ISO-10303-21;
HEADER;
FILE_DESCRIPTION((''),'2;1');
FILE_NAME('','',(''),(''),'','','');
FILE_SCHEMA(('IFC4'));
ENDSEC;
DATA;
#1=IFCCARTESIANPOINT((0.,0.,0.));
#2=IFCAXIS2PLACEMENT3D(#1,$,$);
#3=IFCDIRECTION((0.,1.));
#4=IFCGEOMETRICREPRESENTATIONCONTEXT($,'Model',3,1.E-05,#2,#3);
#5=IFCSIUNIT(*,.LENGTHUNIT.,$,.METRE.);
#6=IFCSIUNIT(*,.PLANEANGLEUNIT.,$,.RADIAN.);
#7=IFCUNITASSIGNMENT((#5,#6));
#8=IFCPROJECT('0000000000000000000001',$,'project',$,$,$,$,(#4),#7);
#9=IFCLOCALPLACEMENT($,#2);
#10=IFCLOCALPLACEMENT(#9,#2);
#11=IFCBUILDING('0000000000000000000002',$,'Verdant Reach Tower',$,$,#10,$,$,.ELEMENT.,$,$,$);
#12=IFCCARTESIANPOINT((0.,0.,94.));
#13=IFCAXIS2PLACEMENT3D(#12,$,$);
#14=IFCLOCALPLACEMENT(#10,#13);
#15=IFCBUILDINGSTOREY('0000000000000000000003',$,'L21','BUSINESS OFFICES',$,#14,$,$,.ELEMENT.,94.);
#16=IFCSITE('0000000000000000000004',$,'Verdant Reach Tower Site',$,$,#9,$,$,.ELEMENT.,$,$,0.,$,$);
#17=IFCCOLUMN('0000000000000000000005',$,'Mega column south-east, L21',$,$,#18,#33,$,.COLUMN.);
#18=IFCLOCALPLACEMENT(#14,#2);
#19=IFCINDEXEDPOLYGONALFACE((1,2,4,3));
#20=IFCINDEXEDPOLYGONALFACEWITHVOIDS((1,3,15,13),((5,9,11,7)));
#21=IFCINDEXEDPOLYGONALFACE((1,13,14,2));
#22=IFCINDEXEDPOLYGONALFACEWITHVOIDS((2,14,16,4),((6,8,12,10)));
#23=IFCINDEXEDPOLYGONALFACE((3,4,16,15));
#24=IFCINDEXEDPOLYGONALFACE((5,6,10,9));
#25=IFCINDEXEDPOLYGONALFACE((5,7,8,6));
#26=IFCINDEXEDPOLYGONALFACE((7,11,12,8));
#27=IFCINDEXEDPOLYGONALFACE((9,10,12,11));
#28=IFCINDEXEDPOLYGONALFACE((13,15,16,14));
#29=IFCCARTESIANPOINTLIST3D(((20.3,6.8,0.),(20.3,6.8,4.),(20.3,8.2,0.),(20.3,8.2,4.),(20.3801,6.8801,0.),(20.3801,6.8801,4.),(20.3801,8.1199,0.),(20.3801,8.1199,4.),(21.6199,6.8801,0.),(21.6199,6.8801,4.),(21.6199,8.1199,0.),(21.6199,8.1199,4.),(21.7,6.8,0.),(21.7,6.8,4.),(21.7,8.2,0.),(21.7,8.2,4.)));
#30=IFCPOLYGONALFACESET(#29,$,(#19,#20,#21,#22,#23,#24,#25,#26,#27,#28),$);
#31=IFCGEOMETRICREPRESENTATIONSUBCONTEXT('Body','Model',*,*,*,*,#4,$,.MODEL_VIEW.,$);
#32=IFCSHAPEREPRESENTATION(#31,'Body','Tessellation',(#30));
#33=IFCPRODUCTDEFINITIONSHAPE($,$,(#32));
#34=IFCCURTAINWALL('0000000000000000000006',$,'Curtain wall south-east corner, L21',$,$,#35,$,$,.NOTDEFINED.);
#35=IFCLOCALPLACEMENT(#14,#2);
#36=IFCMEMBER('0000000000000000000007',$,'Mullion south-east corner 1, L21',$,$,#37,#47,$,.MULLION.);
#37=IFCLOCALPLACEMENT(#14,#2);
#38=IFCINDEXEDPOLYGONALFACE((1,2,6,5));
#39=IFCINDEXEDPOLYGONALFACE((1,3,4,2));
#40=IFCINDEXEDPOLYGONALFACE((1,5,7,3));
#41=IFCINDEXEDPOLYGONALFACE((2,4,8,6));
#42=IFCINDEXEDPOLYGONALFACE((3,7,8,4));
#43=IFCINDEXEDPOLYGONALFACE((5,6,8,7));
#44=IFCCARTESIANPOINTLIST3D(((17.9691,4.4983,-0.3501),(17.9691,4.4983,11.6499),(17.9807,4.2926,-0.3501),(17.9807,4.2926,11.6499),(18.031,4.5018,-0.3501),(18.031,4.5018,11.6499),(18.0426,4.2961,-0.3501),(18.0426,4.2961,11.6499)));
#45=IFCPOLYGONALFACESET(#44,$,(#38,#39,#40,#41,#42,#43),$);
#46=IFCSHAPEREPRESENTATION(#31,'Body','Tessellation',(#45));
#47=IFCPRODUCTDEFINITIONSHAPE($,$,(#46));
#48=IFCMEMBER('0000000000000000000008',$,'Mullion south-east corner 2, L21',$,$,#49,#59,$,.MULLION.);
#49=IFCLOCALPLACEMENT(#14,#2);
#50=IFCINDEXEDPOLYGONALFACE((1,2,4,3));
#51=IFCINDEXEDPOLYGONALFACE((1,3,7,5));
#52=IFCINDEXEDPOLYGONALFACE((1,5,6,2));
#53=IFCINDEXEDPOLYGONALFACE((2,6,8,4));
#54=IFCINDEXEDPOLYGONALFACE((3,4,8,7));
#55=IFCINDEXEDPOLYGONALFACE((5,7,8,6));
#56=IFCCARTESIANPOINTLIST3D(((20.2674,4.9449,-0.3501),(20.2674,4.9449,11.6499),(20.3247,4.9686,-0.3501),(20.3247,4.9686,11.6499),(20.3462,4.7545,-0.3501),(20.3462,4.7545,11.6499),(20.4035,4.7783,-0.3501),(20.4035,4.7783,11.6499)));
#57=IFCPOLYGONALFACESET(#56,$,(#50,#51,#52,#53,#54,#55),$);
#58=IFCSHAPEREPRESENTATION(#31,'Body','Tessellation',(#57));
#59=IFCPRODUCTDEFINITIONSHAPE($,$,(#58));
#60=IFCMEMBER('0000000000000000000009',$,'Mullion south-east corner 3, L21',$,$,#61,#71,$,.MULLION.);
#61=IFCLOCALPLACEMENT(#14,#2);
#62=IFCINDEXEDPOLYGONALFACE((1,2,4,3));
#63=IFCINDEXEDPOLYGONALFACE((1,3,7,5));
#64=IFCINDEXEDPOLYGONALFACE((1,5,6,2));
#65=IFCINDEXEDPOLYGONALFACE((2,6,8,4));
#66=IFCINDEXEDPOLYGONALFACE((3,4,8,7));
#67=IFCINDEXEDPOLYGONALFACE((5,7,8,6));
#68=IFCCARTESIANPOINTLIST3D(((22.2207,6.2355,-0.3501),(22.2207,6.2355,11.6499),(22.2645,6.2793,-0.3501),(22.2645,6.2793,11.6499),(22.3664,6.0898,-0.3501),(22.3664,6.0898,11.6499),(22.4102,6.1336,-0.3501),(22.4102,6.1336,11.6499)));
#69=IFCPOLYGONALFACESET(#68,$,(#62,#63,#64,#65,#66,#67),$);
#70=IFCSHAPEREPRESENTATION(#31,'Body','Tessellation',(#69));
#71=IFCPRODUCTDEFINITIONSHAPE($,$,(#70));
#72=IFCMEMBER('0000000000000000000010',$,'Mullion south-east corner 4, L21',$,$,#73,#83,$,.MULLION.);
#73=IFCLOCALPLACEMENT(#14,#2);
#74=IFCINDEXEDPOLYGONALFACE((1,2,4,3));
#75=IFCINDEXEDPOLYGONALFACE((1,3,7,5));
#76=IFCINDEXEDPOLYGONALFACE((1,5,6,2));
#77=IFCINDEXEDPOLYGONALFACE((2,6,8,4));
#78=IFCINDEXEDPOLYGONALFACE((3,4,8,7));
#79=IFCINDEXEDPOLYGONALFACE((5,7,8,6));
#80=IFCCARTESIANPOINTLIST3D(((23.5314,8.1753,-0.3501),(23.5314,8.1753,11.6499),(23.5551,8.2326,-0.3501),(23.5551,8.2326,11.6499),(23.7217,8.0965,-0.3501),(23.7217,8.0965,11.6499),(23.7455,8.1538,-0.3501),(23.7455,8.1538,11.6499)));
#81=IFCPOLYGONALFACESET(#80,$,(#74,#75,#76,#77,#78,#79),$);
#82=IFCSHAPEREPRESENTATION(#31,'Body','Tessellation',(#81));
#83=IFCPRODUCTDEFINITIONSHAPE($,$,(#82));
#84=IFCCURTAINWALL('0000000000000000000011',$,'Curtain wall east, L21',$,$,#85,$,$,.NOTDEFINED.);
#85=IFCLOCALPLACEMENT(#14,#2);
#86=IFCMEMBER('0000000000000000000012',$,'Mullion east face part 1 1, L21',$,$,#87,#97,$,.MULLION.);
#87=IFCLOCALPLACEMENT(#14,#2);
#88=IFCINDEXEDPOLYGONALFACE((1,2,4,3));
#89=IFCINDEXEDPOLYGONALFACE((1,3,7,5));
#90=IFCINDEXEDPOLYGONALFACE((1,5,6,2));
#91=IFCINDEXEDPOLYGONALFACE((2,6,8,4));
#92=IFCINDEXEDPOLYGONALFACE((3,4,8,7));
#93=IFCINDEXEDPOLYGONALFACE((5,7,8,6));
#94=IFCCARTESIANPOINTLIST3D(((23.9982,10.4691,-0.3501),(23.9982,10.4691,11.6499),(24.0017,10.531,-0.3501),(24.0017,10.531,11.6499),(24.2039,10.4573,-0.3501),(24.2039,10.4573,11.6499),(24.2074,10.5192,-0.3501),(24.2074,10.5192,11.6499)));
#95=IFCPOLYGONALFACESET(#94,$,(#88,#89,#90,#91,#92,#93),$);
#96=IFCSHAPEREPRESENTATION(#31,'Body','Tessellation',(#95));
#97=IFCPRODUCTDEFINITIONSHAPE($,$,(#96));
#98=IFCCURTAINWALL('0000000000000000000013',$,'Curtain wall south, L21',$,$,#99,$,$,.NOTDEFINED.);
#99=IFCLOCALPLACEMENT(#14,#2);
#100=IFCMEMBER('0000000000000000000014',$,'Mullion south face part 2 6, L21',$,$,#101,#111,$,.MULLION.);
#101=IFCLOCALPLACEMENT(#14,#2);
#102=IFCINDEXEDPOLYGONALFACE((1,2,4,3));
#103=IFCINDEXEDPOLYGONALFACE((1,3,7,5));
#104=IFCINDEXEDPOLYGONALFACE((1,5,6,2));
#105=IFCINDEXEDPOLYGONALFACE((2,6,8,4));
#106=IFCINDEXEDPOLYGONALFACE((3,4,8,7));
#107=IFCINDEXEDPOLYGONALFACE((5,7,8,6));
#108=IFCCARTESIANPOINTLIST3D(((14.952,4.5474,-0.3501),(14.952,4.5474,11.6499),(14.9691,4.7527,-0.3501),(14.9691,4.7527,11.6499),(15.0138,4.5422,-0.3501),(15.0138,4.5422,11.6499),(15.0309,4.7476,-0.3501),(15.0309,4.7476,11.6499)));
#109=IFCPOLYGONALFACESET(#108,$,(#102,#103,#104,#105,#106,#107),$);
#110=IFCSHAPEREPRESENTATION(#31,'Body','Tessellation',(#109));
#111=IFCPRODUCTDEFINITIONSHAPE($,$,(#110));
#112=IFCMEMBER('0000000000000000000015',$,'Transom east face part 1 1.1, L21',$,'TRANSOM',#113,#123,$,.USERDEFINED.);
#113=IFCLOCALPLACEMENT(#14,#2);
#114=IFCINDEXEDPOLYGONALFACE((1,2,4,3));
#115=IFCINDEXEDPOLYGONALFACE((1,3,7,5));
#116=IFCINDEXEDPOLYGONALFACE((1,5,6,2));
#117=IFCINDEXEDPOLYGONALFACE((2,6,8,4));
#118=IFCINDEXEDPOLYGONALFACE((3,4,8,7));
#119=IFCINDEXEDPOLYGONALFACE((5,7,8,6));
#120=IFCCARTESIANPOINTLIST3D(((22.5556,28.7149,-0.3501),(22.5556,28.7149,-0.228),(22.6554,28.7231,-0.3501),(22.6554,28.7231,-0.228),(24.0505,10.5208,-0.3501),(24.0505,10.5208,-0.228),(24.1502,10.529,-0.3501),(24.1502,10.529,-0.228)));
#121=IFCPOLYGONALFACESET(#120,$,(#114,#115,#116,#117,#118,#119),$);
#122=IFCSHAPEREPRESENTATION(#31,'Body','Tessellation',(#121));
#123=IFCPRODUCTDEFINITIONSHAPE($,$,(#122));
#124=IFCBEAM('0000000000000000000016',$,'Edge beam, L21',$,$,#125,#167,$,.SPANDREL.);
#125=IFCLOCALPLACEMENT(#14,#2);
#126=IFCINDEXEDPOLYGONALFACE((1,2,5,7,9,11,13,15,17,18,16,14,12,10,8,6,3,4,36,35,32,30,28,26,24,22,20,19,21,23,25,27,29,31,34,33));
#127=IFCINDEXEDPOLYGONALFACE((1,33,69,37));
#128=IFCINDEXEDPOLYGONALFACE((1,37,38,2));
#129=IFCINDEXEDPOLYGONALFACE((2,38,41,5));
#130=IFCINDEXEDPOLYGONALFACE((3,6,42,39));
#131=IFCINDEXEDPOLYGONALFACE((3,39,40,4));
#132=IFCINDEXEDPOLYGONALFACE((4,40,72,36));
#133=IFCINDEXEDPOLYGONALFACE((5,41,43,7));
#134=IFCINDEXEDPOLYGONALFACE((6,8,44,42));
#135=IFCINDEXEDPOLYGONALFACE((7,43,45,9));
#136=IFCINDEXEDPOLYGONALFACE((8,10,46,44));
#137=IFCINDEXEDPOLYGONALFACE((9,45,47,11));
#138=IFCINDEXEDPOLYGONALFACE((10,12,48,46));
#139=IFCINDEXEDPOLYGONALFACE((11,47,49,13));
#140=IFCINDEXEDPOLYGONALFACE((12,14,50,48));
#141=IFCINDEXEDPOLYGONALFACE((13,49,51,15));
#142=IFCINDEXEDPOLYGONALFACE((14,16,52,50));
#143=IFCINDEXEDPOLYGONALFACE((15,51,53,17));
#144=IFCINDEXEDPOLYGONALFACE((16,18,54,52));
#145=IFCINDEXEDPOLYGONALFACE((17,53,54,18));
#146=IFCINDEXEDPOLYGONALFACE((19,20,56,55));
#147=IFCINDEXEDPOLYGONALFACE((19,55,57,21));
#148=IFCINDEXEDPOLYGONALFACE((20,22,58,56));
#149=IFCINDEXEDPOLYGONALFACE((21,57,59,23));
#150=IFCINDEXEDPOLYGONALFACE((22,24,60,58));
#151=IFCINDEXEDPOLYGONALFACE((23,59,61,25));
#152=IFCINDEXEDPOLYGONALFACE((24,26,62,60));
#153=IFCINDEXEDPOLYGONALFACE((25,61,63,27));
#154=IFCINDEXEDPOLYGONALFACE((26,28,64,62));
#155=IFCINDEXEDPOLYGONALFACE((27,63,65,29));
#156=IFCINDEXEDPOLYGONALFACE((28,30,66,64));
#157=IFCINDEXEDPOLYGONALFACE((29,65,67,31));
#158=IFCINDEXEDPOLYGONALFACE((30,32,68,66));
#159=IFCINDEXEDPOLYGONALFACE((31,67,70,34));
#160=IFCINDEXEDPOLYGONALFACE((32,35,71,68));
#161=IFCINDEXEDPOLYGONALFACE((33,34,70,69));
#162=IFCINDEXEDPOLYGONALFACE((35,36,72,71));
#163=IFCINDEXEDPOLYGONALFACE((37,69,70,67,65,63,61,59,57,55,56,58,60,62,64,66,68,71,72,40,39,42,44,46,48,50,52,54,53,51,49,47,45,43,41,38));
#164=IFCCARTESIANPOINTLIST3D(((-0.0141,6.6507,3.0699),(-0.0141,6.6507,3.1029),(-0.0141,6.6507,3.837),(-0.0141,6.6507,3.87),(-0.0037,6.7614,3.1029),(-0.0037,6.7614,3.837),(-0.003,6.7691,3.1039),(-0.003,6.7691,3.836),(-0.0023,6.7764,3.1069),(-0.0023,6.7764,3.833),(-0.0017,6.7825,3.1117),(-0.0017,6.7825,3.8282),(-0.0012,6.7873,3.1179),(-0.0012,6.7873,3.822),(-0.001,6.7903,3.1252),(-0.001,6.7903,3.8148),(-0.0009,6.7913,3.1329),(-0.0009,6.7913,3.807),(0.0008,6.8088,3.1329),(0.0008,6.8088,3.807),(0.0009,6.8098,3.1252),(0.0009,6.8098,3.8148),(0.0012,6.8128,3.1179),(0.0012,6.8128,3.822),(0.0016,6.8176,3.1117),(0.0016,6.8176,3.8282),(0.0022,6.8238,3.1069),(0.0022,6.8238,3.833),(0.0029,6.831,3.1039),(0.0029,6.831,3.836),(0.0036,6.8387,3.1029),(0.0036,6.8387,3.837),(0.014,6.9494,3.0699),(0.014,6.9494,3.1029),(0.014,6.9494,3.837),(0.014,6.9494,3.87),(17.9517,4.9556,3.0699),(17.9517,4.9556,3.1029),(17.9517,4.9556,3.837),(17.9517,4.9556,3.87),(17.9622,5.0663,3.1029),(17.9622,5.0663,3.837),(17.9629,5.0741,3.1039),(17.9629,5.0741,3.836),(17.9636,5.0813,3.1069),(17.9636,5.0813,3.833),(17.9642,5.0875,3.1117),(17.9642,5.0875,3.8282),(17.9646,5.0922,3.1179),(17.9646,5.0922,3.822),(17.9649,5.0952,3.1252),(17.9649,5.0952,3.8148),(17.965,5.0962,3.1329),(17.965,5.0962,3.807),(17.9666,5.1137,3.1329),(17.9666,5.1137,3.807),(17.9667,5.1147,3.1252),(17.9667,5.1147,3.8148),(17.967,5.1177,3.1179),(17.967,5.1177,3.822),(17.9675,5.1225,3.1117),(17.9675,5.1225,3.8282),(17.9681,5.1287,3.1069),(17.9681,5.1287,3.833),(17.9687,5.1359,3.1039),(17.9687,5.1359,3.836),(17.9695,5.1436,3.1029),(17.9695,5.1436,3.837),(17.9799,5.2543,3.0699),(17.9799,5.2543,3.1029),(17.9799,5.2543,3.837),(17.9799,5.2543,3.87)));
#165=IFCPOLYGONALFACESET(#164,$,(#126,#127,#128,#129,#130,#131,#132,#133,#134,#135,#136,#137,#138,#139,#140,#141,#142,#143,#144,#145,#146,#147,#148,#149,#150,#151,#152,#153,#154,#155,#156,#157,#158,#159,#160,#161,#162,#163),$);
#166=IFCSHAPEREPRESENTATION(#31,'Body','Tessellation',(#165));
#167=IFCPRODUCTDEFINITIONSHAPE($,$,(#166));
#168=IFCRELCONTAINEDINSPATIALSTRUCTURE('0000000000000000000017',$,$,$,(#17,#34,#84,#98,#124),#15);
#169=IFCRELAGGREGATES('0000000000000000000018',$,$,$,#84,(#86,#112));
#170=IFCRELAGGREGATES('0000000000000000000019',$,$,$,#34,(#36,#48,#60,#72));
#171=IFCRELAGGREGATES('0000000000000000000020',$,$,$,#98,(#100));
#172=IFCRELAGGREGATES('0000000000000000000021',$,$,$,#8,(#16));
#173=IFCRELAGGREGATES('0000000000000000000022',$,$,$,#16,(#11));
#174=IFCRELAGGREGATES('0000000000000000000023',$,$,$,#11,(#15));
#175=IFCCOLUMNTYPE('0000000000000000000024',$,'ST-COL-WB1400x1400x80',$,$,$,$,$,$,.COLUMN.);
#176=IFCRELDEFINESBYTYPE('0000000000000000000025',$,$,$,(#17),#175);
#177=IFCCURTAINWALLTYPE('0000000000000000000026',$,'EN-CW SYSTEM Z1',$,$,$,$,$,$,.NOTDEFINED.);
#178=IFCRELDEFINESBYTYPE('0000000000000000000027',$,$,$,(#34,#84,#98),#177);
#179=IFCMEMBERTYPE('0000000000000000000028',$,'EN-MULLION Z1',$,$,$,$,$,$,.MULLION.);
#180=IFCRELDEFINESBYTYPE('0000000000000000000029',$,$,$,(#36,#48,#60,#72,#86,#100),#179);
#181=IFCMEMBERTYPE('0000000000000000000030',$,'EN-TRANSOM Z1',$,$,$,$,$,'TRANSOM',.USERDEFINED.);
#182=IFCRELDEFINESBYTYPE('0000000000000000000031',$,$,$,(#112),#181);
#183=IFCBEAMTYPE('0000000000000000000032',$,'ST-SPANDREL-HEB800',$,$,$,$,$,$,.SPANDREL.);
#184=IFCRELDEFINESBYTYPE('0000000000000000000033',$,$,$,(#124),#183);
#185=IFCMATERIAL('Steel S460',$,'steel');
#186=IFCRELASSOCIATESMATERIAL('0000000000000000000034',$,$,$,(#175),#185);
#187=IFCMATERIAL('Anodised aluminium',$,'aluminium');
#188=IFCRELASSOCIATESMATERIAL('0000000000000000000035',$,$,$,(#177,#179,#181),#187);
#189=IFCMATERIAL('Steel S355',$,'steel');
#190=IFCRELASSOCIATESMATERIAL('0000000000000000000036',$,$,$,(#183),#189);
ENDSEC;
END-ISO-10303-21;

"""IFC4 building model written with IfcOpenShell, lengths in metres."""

from ifc_helpers import new_model, si_unit, direction, frame, origin, origin_2d, place, context, subcontext, project, spatial, rectangle, hollow_rectangle, i_section, extrude, material, material_profile, profile_set, type_object, element, aggregate, save


model = new_model("IFC4")

# Units and contexts
model_context = context("Model", 3, precision=1e-05, world=origin(), true_north=direction((0.0, 1.0)))
body_context = subcontext(model_context, "Body", "Model", "MODEL_VIEW")
ifc_project = project(units=[si_unit("LENGTHUNIT", "METRE"), si_unit("PLANEANGLEUNIT", "RADIAN")], contexts=[model_context])

# Site, building, storey
site_placement = place(None, origin())
site = spatial("IfcSite", under=ifc_project, at=site_placement, Name="Verdant Reach Tower Site", CompositionType="ELEMENT", RefElevation=0.0)
building_placement = place(site_placement, origin())
building = spatial("IfcBuilding", under=site, at=building_placement, Name="Verdant Reach Tower", CompositionType="ELEMENT")
storey_placement = place(building_placement, frame((0.0, 0.0, 94.0)))
storey = spatial("IfcBuildingStorey", under=building, at=storey_placement, Name="L21", Description="BUSINESS OFFICES", CompositionType="ELEMENT", Elevation=94.0)

# Column
ifc_material_1 = material(Name="Steel S460", Category="steel")
ifc_material_profile_1 = material_profile(ifc_material_1, hollow_rectangle(XDim=1.3999, YDim=1.3999, WallThickness=0.0801, at=origin_2d()), Name="WB 1400x1400x80")
ifc_profile_set_1 = profile_set([ifc_material_profile_1], Name="Steel S460")
column_type = type_object("IfcColumnType", Name="ST-COL-WB1400x1400x80", PredefinedType="COLUMN", material=ifc_profile_set_1)
column_placement = place(storey_placement, frame((21.0, 7.5, 0.0), z_axis=(0.0, 0.0, 1.0), x_axis=(1.0, 0.0, 0.0)))
element("IfcColumn", 1, at=column_placement, inside=storey, type_object=column_type, Name="Mega column south-east, L21", PredefinedType="COLUMN", context=body_context, shape_type="SweptSolid", body=[
    extrude(hollow_rectangle(XDim=1.3999, YDim=1.3999, WallThickness=0.0801, at=origin_2d()), origin(), (0.0, 0.0, 1.0), 4.0),
])

# Curtain wall, members
ifc_material_2 = material(Name="Anodised aluminium", Category="aluminium")
curtain_wall_type = type_object("IfcCurtainWallType", Name="EN-CW SYSTEM Z1", PredefinedType="NOTDEFINED", material=ifc_material_2)
curtain_wall_1_placement = place(storey_placement, origin())
curtain_wall_1 = element("IfcCurtainWall", 2, at=curtain_wall_1_placement, inside=storey, type_object=curtain_wall_type, Name="Curtain wall south-east corner, L21", PredefinedType="NOTDEFINED")
ifc_material_profile_2 = material_profile(ifc_material_2, rectangle(XDim=0.2061, YDim=0.062, at=origin_2d()), Name="Mullion 62x206")
ifc_profile_set_2 = profile_set([ifc_material_profile_2], Name="Anodised aluminium")
member_type_1 = type_object("IfcMemberType", Name="EN-MULLION Z1", PredefinedType="MULLION", material=ifc_profile_set_2)
member_1_placement = place(storey_placement, frame((18.0059, 4.3972, -0.3501), z_axis=(0.0, 0.0, 1.0), x_axis=(0.056569, -0.998399, 0.0)))
member_1 = element("IfcMember", 3, at=member_1_placement, type_object=member_type_1, Name="Mullion south-east corner 1, L21", PredefinedType="MULLION", context=body_context, shape_type="SweptSolid", body=[
    extrude(rectangle(XDim=0.2061, YDim=0.062, at=origin_2d()), origin(), (0.0, 0.0, 1.0), 12.0),
])
member_2_placement = place(storey_placement, frame((20.3354, 4.8616, -0.3501), z_axis=(0.0, 0.0, 1.0), x_axis=(0.382694, -0.923875, 0.0)))
member_2 = element("IfcMember", 4, at=member_2_placement, type_object=member_type_1, Name="Mullion south-east corner 2, L21", PredefinedType="MULLION", context=body_context, shape_type="SweptSolid", body=[
    extrude(rectangle(XDim=0.2061, YDim=0.062, at=origin_2d()), origin(), (0.0, 0.0, 1.0), 12.0),
])
member_3_placement = place(storey_placement, frame((22.3154, 6.1846, -0.3501), z_axis=(0.0, 0.0, 1.0), x_axis=(0.707107, -0.707107, 0.0)))
member_3 = element("IfcMember", 5, at=member_3_placement, type_object=member_type_1, Name="Mullion south-east corner 3, L21", PredefinedType="MULLION", context=body_context, shape_type="SweptSolid", body=[
    extrude(rectangle(XDim=0.2061, YDim=0.062, at=origin_2d()), origin(), (0.0, 0.0, 1.0), 12.0),
])
member_4_placement = place(storey_placement, frame((23.6384, 8.1646, -0.3501), z_axis=(0.0, 0.0, 1.0), x_axis=(0.923875, -0.382694, 0.0)))
member_4 = element("IfcMember", 6, at=member_4_placement, type_object=member_type_1, Name="Mullion south-east corner 4, L21", PredefinedType="MULLION", context=body_context, shape_type="SweptSolid", body=[
    extrude(rectangle(XDim=0.2061, YDim=0.062, at=origin_2d()), origin(), (0.0, 0.0, 1.0), 12.0),
])

# Curtain walls, members
curtain_wall_2_placement = place(storey_placement, origin())
curtain_wall_2 = element("IfcCurtainWall", 7, at=curtain_wall_2_placement, inside=storey, type_object=curtain_wall_type, Name="Curtain wall east, L21", PredefinedType="NOTDEFINED")
member_5_placement = place(storey_placement, frame((24.1028, 10.4941, -0.3501), z_axis=(0.0, 0.0, 1.0), x_axis=(0.998366, -0.057135, 0.0)))
member_5 = element("IfcMember", 8, at=member_5_placement, type_object=member_type_1, Name="Mullion east face part 1 1, L21", PredefinedType="MULLION", context=body_context, shape_type="SweptSolid", body=[
    extrude(rectangle(XDim=0.2061, YDim=0.062, at=origin_2d()), origin(), (0.0, 0.0, 1.0), 12.0),
])
curtain_wall_3_placement = place(storey_placement, origin())
curtain_wall_3 = element("IfcCurtainWall", 9, at=curtain_wall_3_placement, inside=storey, type_object=curtain_wall_type, Name="Curtain wall south, L21", PredefinedType="NOTDEFINED")
member_6_placement = place(storey_placement, frame((14.9915, 4.6475, -0.3501), z_axis=(0.0, 0.0, 1.0), x_axis=(-0.083045, -0.996546, 0.0)))
member_6 = element("IfcMember", 10, at=member_6_placement, type_object=member_type_1, Name="Mullion south face part 2 6, L21", PredefinedType="MULLION", context=body_context, shape_type="SweptSolid", body=[
    extrude(rectangle(XDim=0.2061, YDim=0.062, at=origin_2d()), origin(), (0.0, 0.0, 1.0), 12.0),
])

# Member
ifc_material_profile_3 = material_profile(ifc_material_2, rectangle(XDim=0.1001, YDim=0.1221, at=origin_2d()), Name="Transom 122x100")
ifc_profile_set_3 = profile_set([ifc_material_profile_3], Name="Anodised aluminium")
member_type_2 = type_object("IfcMemberType", Name="EN-TRANSOM Z1", ElementType="TRANSOM", PredefinedType="USERDEFINED", material=ifc_profile_set_3)
member_7_placement = place(storey_placement, frame((24.1003, 10.5249, -0.2891), z_axis=(-0.081887, 0.996642, 0.0), x_axis=(-0.996642, -0.081887, 0.0)))
member_7 = element("IfcMember", 11, at=member_7_placement, type_object=member_type_2, Name="Transom east face part 1 1.1, L21", ObjectType="TRANSOM", PredefinedType="USERDEFINED", context=body_context, shape_type="SweptSolid", body=[
    extrude(rectangle(XDim=0.1001, YDim=0.1221, at=origin_2d()), origin(), (0.0, 0.0, 1.0), 18.2554),
])

# Beam
ifc_material_3 = material(Name="Steel S355", Category="steel")
ifc_material_profile_4 = material_profile(ifc_material_3, i_section(OverallWidth=0.3, OverallDepth=0.8, WebThickness=0.0176, FlangeThickness=0.033, FilletRadius=0.03, at=origin_2d()), Name="HEB 800")
ifc_profile_set_4 = profile_set([ifc_material_profile_4], Name="Steel S355")
beam_type_1 = type_object("IfcBeamType", Name="ST-SPANDREL-HEB800", PredefinedType="SPANDREL", material=ifc_profile_set_4)
beam_1_placement = place(storey_placement, frame((17.9658, 5.105, 3.47), z_axis=(-0.995579, 0.093932, 0.0), x_axis=(-0.093932, -0.995579, 0.0)))
element("IfcBeam", 12, at=beam_1_placement, inside=storey, type_object=beam_type_1, Name="Edge beam, L21", PredefinedType="SPANDREL", context=body_context, shape_type="SweptSolid", body=[
    extrude(i_section(OverallWidth=0.3, OverallDepth=0.8, WebThickness=0.0176, FlangeThickness=0.033, FilletRadius=0.03, at=origin_2d()), origin(), (0.0, 0.0, 1.0), 18.0457),
])

aggregate(curtain_wall_2, [member_5, member_7])
aggregate(curtain_wall_1, [member_1, member_2, member_3, member_4])
aggregate(curtain_wall_3, [member_6])

save(model, "model.ifc")
